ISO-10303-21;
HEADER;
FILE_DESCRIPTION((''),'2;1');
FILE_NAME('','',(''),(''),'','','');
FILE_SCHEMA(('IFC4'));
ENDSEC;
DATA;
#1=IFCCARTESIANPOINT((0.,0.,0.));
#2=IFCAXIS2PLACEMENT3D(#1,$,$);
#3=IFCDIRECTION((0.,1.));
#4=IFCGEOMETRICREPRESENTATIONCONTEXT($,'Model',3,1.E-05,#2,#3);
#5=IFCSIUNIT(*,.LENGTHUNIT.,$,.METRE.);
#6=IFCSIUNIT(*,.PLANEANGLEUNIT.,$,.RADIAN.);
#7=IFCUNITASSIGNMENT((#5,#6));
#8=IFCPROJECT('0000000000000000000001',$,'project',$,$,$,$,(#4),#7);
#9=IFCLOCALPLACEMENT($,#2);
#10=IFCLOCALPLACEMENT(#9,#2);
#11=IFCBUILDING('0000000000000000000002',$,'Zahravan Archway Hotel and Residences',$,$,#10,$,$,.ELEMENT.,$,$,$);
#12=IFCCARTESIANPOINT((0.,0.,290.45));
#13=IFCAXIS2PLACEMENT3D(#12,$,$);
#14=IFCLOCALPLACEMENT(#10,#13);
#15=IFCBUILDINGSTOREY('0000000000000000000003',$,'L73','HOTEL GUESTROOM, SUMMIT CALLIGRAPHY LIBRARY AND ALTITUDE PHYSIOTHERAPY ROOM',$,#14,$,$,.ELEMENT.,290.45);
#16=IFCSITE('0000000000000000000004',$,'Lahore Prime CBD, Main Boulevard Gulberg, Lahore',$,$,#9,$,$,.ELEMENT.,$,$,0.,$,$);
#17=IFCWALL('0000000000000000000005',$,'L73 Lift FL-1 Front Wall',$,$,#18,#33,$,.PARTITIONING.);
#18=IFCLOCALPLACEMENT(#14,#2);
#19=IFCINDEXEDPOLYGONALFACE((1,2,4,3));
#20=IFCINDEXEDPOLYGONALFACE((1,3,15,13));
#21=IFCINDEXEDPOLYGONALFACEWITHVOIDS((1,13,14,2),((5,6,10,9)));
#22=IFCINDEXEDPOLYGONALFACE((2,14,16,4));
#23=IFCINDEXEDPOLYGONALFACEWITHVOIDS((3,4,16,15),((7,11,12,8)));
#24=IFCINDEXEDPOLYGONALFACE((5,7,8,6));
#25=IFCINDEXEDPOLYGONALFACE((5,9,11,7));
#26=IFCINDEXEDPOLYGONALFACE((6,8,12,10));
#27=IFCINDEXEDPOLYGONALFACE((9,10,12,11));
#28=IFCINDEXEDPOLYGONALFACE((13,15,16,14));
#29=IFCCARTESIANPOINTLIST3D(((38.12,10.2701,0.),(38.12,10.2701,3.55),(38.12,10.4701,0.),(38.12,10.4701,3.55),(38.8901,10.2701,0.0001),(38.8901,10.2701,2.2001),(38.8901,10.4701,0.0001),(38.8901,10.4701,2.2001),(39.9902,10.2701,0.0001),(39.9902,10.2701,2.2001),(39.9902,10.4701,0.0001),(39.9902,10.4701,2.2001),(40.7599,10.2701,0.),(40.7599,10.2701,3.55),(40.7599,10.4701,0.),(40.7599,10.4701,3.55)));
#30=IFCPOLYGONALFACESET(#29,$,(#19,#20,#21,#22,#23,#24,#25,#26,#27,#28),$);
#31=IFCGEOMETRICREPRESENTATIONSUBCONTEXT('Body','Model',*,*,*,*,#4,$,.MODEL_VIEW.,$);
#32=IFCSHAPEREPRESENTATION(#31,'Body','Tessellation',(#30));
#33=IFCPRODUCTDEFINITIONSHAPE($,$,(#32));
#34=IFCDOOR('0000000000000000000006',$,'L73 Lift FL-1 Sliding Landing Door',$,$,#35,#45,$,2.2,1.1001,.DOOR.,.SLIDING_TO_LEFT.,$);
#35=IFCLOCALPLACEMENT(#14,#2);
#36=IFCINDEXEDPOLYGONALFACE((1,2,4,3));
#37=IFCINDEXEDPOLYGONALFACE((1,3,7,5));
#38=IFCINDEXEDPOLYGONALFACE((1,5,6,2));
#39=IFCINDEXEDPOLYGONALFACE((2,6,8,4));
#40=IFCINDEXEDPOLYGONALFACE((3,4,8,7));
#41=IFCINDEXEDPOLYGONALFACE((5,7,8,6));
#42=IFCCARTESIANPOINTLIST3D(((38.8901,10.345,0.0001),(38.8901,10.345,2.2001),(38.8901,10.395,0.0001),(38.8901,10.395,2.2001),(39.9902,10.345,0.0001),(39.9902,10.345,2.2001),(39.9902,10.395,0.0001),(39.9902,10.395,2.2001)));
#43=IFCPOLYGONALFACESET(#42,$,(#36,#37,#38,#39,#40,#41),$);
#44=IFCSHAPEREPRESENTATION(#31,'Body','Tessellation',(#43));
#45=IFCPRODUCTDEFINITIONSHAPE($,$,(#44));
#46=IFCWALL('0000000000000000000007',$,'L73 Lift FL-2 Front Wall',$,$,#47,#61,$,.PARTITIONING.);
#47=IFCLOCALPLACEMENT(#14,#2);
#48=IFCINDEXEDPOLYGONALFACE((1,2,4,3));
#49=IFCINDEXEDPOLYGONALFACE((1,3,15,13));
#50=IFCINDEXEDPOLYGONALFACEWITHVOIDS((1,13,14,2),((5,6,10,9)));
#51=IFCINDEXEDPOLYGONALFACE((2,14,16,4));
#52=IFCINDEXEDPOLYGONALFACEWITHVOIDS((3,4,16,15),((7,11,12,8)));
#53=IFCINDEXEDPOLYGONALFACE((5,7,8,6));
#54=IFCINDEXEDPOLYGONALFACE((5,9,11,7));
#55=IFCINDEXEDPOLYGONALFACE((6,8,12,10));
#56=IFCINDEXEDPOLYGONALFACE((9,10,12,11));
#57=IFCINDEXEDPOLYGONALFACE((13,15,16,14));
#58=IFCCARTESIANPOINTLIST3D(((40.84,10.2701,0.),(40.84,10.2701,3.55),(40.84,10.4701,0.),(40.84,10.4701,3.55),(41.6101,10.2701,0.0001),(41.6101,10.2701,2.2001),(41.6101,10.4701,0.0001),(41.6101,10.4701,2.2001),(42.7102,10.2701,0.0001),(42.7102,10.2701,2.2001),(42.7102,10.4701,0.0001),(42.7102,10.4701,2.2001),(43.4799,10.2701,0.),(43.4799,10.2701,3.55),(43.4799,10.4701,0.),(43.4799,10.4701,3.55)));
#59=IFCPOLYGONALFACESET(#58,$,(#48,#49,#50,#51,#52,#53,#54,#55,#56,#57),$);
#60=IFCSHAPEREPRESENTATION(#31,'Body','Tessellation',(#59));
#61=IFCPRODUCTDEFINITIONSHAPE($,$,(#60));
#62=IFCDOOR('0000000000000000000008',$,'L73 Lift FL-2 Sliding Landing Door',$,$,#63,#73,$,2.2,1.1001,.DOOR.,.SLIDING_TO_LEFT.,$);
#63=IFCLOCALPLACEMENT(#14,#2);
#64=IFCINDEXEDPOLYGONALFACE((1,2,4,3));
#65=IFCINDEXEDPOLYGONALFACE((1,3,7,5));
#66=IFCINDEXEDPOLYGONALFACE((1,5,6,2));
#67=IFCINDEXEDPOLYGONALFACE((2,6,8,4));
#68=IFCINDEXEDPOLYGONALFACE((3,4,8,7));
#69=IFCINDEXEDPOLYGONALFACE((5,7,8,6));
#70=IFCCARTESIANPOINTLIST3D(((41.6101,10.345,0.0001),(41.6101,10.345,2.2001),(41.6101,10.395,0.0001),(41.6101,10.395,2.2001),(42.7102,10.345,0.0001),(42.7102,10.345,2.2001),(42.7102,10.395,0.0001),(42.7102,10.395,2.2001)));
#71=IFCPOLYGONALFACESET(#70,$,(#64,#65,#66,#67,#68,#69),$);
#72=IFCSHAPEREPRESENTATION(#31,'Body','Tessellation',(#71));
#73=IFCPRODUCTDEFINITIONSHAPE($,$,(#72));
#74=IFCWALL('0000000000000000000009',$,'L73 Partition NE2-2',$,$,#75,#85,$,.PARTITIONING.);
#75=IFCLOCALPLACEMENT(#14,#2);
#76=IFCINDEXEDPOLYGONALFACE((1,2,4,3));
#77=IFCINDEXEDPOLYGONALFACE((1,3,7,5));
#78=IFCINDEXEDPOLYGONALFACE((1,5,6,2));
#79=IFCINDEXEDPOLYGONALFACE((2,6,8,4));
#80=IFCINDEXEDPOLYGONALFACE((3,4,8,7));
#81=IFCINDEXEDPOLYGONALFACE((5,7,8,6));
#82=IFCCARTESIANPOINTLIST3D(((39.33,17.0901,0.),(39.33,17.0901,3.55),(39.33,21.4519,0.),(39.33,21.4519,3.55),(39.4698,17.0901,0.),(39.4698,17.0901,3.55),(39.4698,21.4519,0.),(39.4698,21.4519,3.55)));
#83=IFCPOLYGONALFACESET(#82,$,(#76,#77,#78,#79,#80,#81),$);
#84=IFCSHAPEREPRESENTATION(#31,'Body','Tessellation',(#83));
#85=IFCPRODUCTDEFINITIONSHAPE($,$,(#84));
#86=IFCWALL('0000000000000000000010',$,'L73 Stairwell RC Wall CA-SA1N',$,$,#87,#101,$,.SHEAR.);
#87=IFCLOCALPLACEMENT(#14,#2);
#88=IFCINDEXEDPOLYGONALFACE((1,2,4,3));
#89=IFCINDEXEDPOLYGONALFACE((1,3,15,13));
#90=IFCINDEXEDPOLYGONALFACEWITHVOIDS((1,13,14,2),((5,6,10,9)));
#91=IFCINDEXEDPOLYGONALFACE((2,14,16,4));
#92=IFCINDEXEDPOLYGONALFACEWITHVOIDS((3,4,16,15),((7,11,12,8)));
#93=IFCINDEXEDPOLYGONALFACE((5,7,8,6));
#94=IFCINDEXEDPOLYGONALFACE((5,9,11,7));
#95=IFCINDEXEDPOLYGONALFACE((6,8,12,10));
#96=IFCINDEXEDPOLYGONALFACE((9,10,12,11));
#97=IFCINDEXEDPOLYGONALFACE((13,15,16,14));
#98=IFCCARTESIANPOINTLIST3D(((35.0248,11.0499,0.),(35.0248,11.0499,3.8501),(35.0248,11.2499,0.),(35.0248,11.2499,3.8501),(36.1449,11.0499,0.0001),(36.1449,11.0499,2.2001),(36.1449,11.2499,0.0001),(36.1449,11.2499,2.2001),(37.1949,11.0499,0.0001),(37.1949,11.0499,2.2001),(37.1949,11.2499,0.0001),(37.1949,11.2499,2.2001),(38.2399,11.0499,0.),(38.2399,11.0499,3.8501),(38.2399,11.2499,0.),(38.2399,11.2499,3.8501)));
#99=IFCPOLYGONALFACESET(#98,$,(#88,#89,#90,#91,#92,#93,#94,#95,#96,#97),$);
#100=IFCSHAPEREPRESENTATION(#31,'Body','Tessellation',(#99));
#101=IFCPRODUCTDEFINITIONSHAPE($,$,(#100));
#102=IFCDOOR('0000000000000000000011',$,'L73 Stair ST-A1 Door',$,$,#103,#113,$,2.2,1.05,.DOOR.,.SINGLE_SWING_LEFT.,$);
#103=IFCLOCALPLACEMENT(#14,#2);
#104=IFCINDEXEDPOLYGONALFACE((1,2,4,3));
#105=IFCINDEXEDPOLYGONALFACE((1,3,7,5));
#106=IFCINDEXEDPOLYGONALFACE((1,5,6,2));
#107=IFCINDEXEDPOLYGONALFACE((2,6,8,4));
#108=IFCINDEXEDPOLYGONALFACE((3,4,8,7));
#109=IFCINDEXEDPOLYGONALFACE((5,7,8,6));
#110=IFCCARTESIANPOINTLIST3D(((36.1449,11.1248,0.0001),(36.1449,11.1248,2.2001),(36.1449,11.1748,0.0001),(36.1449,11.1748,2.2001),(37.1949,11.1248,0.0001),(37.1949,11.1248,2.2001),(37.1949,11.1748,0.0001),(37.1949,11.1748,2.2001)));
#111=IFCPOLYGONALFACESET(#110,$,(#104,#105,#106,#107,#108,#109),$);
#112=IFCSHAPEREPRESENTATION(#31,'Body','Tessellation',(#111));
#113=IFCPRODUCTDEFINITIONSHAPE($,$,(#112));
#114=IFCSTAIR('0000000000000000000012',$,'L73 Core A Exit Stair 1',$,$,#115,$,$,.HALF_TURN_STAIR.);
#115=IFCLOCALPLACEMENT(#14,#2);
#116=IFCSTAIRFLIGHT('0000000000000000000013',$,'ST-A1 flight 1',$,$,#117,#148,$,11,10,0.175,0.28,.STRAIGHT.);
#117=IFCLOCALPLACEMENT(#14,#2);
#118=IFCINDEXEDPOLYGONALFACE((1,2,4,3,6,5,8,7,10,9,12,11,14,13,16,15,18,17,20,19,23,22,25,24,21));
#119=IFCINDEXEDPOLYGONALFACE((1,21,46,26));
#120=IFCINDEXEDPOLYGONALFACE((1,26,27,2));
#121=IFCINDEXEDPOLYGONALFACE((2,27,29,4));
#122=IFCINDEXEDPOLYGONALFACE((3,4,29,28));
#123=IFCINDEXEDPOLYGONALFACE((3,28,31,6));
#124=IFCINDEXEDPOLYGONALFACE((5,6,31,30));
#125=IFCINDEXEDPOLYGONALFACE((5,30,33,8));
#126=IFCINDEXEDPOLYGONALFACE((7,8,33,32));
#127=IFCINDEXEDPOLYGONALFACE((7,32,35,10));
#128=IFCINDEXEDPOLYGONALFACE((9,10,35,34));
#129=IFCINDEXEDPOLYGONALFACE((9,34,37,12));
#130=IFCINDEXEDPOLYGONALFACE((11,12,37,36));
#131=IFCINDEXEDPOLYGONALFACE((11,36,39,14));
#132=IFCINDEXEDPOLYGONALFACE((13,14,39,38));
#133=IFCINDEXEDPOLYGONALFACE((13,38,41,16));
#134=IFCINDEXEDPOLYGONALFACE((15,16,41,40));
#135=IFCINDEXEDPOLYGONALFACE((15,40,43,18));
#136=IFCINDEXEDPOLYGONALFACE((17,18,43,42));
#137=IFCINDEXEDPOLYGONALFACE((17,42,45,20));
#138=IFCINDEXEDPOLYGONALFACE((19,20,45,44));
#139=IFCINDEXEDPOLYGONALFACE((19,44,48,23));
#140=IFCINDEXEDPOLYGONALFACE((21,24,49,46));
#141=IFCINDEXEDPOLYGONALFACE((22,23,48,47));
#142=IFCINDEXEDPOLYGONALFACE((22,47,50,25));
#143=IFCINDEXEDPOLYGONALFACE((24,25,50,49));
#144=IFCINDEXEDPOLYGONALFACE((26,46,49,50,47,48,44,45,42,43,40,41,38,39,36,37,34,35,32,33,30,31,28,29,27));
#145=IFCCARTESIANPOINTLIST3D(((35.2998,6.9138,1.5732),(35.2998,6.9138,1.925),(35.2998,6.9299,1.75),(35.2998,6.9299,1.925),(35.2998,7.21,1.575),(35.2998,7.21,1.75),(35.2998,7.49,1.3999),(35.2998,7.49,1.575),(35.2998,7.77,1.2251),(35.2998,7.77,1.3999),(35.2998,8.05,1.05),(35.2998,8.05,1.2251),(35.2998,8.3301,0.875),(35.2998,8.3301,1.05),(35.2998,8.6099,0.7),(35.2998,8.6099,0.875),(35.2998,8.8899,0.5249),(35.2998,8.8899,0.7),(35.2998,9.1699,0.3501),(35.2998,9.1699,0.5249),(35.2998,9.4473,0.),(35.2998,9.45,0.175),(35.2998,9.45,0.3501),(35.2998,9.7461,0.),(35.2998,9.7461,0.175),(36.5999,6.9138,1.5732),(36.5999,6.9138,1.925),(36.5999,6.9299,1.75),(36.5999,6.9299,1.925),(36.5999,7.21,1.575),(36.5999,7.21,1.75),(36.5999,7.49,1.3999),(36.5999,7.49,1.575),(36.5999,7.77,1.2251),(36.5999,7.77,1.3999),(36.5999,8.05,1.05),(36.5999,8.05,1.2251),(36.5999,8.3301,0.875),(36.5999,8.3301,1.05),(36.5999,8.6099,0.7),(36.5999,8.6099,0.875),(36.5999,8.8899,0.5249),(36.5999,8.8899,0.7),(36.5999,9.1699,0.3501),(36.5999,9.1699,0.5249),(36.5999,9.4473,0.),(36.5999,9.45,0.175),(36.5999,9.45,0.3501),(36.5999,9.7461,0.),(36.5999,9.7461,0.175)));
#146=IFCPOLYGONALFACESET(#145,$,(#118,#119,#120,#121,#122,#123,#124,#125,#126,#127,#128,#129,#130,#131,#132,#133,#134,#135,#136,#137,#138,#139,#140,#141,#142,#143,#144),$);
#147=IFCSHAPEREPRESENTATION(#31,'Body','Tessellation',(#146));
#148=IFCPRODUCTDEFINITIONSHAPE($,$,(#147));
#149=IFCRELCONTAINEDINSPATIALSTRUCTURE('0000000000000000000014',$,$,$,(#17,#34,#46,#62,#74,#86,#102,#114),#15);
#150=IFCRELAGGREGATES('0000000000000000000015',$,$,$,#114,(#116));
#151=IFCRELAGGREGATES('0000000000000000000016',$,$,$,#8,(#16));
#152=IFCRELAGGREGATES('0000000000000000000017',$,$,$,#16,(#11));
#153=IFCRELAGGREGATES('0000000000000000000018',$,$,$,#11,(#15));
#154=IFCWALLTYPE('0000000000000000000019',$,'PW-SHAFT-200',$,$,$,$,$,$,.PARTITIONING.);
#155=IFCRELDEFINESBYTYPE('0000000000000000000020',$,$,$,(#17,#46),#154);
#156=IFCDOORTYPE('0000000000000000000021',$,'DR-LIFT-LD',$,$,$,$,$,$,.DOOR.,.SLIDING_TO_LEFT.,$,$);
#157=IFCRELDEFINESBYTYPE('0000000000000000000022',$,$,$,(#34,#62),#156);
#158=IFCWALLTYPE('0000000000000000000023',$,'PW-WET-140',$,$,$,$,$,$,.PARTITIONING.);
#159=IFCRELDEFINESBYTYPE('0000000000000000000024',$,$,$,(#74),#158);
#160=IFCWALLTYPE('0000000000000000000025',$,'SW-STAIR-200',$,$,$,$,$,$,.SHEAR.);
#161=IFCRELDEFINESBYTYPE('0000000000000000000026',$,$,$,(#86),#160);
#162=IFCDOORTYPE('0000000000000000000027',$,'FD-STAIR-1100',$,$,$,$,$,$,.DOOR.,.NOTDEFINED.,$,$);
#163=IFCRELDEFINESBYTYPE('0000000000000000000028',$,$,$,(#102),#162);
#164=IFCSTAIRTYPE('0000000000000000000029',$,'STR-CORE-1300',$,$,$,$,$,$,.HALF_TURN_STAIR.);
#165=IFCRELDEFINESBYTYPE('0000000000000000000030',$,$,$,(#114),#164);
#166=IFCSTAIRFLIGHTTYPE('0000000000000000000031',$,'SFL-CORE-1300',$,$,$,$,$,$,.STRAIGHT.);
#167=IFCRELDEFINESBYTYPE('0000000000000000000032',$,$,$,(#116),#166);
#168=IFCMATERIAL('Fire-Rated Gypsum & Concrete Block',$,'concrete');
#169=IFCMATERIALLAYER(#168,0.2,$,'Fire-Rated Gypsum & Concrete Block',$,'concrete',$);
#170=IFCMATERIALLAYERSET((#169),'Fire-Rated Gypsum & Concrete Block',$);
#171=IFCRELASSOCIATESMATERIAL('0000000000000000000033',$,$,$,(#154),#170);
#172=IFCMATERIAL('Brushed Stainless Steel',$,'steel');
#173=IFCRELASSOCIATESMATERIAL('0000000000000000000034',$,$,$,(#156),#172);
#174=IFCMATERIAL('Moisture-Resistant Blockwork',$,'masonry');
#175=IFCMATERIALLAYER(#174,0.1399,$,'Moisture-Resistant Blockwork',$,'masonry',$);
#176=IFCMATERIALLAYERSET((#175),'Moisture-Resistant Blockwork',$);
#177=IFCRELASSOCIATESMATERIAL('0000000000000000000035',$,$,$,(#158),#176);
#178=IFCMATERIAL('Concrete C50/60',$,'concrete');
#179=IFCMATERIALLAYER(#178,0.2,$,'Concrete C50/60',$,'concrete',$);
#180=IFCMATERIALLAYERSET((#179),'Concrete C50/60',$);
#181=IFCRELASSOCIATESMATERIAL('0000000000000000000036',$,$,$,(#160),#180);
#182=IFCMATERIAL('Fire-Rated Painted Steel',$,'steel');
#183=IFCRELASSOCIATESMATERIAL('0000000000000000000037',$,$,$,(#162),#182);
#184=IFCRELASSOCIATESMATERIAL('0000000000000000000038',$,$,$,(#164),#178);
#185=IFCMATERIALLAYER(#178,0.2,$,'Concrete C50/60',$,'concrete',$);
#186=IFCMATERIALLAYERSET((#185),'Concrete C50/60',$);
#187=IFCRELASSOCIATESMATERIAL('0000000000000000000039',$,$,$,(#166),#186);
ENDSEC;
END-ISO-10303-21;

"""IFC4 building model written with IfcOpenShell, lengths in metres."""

from ifc_helpers import new_model, si_unit, direction, frame, frame_2d, origin, place, context, subcontext, project, spatial, polyline, rectangle, outline, extrude, source, transform, mapped, material, layer, layer_set, type_object, type_shapes, element, fill, aggregate, save


model = new_model("IFC4")

# Units and contexts
model_context = context("Model", 3, precision=1e-05, world=origin(), true_north=direction((0.0, 1.0)))
body_context = subcontext(model_context, "Body", "Model", "MODEL_VIEW")
ifc_project = project(units=[si_unit("LENGTHUNIT", "METRE"), si_unit("PLANEANGLEUNIT", "RADIAN")], contexts=[model_context])

# Site, building, storey
site_placement = place(None, origin())
site = spatial("IfcSite", under=ifc_project, at=site_placement, Name="Lahore Prime CBD, Main Boulevard Gulberg, Lahore", CompositionType="ELEMENT", RefElevation=0.0)
building_placement = place(site_placement, origin())
building = spatial("IfcBuilding", under=site, at=building_placement, Name="Zahravan Archway Hotel and Residences", CompositionType="ELEMENT")
storey_placement = place(building_placement, frame((0.0, 0.0, 290.45)))
storey = spatial("IfcBuildingStorey", under=building, at=storey_placement, Name="L73", Description="HOTEL GUESTROOM, SUMMIT CALLIGRAPHY LIBRARY AND ALTITUDE PHYSIOTHERAPY ROOM", CompositionType="ELEMENT", Elevation=290.45)

# Shared definitions
ifc_material_1 = material(Name="Concrete C50/60", Category="concrete")

# Shared definitions
ifc_material_2 = material(Name="Fire-Rated Painted Steel", Category="steel")

# Shared definitions
ifc_material_3 = material(Name="Fire-Rated Gypsum & Concrete Block", Category="concrete")

# Shared definitions
ifc_layer_1 = layer(ifc_material_3, 0.2, Name="Fire-Rated Gypsum & Concrete Block", Category="concrete")
ifc_layer_set_1 = layer_set([ifc_layer_1], Name="Fire-Rated Gypsum & Concrete Block")
wall_type_1 = type_object("IfcWallType", Name="PW-SHAFT-200", PredefinedType="PARTITIONING", material=ifc_layer_set_1)

# Walls, openings, doors
wall_1_placement = place(storey_placement, frame((38.1201, 10.3701, 0.0), z_axis=(0.0, 0.0, 1.0), x_axis=(1.0, 0.0, 0.0)))
wall_1 = element("IfcWall", 1, at=wall_1_placement, inside=storey, type_object=wall_type_1, Name="L73 Lift FL-1 Front Wall", PredefinedType="PARTITIONING", context=body_context, shape_type="SweptSolid", body=[
    extrude(rectangle(XDim=2.6399, YDim=0.2, at=frame_2d((1.3198, 0.0))), origin(), (0.0, 0.0, 1.0), 3.55),
])
opening_1_placement = place(wall_1_placement, frame((0.77, 0.0, 0.0)))
opening_1 = element("IfcOpeningElement", 2, at=opening_1_placement, cuts=wall_1, PredefinedType="OPENING", context=body_context, shape_type="SweptSolid", body=[
    extrude(rectangle(XDim=1.1001, YDim=2.2, at=frame_2d((0.55, 1.1001))), frame((0.0, 0.1099, 0.0), z_axis=(0.0, -1.0, 0.0), x_axis=(1.0, 0.0, 0.0)), (0.0, 0.0, 1.0), 0.22),
])
ifc_material_4 = material(Name="Brushed Stainless Steel", Category="steel")
door_type_1 = type_object("IfcDoorType", Name="DR-LIFT-LD", OperationType="SLIDING_TO_LEFT", PredefinedType="DOOR", material=ifc_material_4)
shared_shape_1 = source(origin(), body_context, "Body", "SweptSolid", [
    extrude(rectangle(XDim=1.1001, YDim=2.2, at=frame_2d((0.55, 1.1001))), frame((0.0, 0.0249, 0.0), z_axis=(0.0, -1.0, 0.0), x_axis=(1.0, 0.0, 0.0)), (0.0, 0.0, 1.0), 0.05),
])
type_shapes(door_type_1, [shared_shape_1])
door_1_placement = place(opening_1_placement, origin())
door_1 = element("IfcDoor", 3, at=door_1_placement, inside=storey, type_object=door_type_1, Name="L73 Lift FL-1 Sliding Landing Door", OperationType="SLIDING_TO_LEFT", OverallHeight=2.2, OverallWidth=1.1001, PredefinedType="DOOR", context=body_context, shape_type="MappedRepresentation", body=[
    mapped(shared_shape_1, transform((0.0, 0.0, 0.0), scale=1.0)),
])
fill(opening_1, door_1)
wall_2_placement = place(storey_placement, frame((40.8401, 10.3701, 0.0), z_axis=(0.0, 0.0, 1.0), x_axis=(1.0, 0.0, 0.0)))
wall_2 = element("IfcWall", 4, at=wall_2_placement, inside=storey, type_object=wall_type_1, Name="L73 Lift FL-2 Front Wall", PredefinedType="PARTITIONING", context=body_context, shape_type="SweptSolid", body=[
    extrude(rectangle(XDim=2.6399, YDim=0.2, at=frame_2d((1.3198, 0.0))), origin(), (0.0, 0.0, 1.0), 3.55),
])
opening_2_placement = place(wall_2_placement, frame((0.77, 0.0, 0.0)))
opening_2 = element("IfcOpeningElement", 5, at=opening_2_placement, cuts=wall_2, PredefinedType="OPENING", context=body_context, shape_type="SweptSolid", body=[
    extrude(rectangle(XDim=1.1001, YDim=2.2, at=frame_2d((0.55, 1.1001))), frame((0.0, 0.1099, 0.0), z_axis=(0.0, -1.0, 0.0), x_axis=(1.0, 0.0, 0.0)), (0.0, 0.0, 1.0), 0.22),
])
door_2_placement = place(opening_2_placement, origin())
door_2 = element("IfcDoor", 6, at=door_2_placement, inside=storey, type_object=door_type_1, Name="L73 Lift FL-2 Sliding Landing Door", OperationType="SLIDING_TO_LEFT", OverallHeight=2.2, OverallWidth=1.1001, PredefinedType="DOOR", context=body_context, shape_type="MappedRepresentation", body=[
    mapped(shared_shape_1, transform((0.0, 0.0, 0.0), scale=1.0)),
])
fill(opening_2, door_2)

# Wall
ifc_material_5 = material(Name="Moisture-Resistant Blockwork", Category="masonry")
ifc_layer_2 = layer(ifc_material_5, 0.1399, Name="Moisture-Resistant Blockwork", Category="masonry")
ifc_layer_set_2 = layer_set([ifc_layer_2], Name="Moisture-Resistant Blockwork")
wall_type_2 = type_object("IfcWallType", Name="PW-WET-140", PredefinedType="PARTITIONING", material=ifc_layer_set_2)
wall_3_placement = place(storey_placement, frame((39.3999, 17.0901, 0.0), z_axis=(0.0, 0.0, 1.0), x_axis=(0.0, 1.0, 0.0)))
element("IfcWall", 7, at=wall_3_placement, inside=storey, type_object=wall_type_2, Name="L73 Partition NE2-2", PredefinedType="PARTITIONING", context=body_context, shape_type="SweptSolid", body=[
    extrude(rectangle(XDim=4.3618, YDim=0.1399, at=frame_2d((2.1809, 0.0))), origin(), (0.0, 0.0, 1.0), 3.55),
])

# Wall, opening, door
ifc_layer_3 = layer(ifc_material_1, 0.2, Name="Concrete C50/60", Category="concrete")
ifc_layer_set_3 = layer_set([ifc_layer_3], Name="Concrete C50/60")
wall_type_3 = type_object("IfcWallType", Name="SW-STAIR-200", PredefinedType="SHEAR", material=ifc_layer_set_3)
wall_4_placement = place(storey_placement, frame((35.0249, 11.1499, 0.0), z_axis=(0.0, 0.0, 1.0), x_axis=(1.0, 0.0, 0.0)))
wall_4 = element("IfcWall", 8, at=wall_4_placement, inside=storey, type_object=wall_type_3, Name="L73 Stairwell RC Wall CA-SA1N", PredefinedType="SHEAR", context=body_context, shape_type="SweptSolid", body=[
    extrude(rectangle(XDim=3.2151, YDim=0.2, at=frame_2d((1.6074, 0.0))), origin(), (0.0, 0.0, 1.0), 3.8501),
])
opening_3_placement = place(wall_4_placement, frame((1.1201, 0.0, 0.0)))
opening_3 = element("IfcOpeningElement", 9, at=opening_3_placement, cuts=wall_4, PredefinedType="OPENING", context=body_context, shape_type="SweptSolid", body=[
    extrude(rectangle(XDim=1.05, YDim=2.2, at=frame_2d((0.5249, 1.1001))), frame((0.0, 0.1099, 0.0), z_axis=(0.0, -1.0, 0.0), x_axis=(1.0, 0.0, 0.0)), (0.0, 0.0, 1.0), 0.22),
])
door_type_2 = type_object("IfcDoorType", Name="FD-STAIR-1100", OperationType="NOTDEFINED", PredefinedType="DOOR", material=ifc_material_2)
shared_shape_2 = source(origin(), body_context, "Body", "SweptSolid", [
    extrude(rectangle(XDim=1.05, YDim=2.2, at=frame_2d((0.5249, 1.1001))), frame((0.0, 0.0249, 0.0), z_axis=(0.0, -1.0, 0.0), x_axis=(1.0, 0.0, 0.0)), (0.0, 0.0, 1.0), 0.05),
])
type_shapes(door_type_2, [shared_shape_2])
door_3_placement = place(opening_3_placement, origin())
door_3 = element("IfcDoor", 10, at=door_3_placement, inside=storey, type_object=door_type_2, Name="L73 Stair ST-A1 Door", OperationType="SINGLE_SWING_LEFT", OverallHeight=2.2, OverallWidth=1.05, PredefinedType="DOOR", context=body_context, shape_type="MappedRepresentation", body=[
    mapped(shared_shape_2, transform((0.0, 0.0, 0.0), scale=1.0)),
])
fill(opening_3, door_3)

# Stair, stair flight
stair_type = type_object("IfcStairType", Name="STR-CORE-1300", PredefinedType="HALF_TURN_STAIR", material=ifc_material_1)
stair_placement = place(storey_placement, origin())
stair = element("IfcStair", 11, at=stair_placement, inside=storey, type_object=stair_type, Name="L73 Core A Exit Stair 1", PredefinedType="HALF_TURN_STAIR")
ifc_layer_4 = layer(ifc_material_1, 0.2, Name="Concrete C50/60", Category="concrete")
ifc_layer_set_4 = layer_set([ifc_layer_4], Name="Concrete C50/60")
stair_flight_type = type_object("IfcStairFlightType", Name="SFL-CORE-1300", PredefinedType="STRAIGHT", material=ifc_layer_set_4)
shared_shape_3 = source(origin(), body_context, "Body", "SweptSolid", [
    extrude(outline(polyline([(-0.0161, 0.0), (-0.0161, 0.175), (0.28, 0.175), (0.28, 0.3501), (0.5601, 0.3501), (0.5601, 0.5249), (0.8401, 0.5249), (0.8401, 0.7), (1.1201, 0.7), (1.1201, 0.875), (1.3999, 0.875), (1.3999, 1.05), (1.6799, 1.05), (1.6799, 1.2251), (1.96, 1.2251), (1.96, 1.3999), (2.24, 1.3999), (2.24, 1.575), (2.52, 1.575), (2.52, 1.75), (2.8, 1.75), (2.8, 1.925), (2.8162, 1.925), (2.8162, 1.5732), (0.2827, 0.0), (-0.0161, 0.0)])), frame((0.0, 0.6499, 0.0), z_axis=(0.0, -1.0, 0.0), x_axis=(1.0, 0.0, 0.0)), (0.0, 0.0, 1.0), 1.3),
])
stair_flight_placement = place(storey_placement, frame((35.95, 9.73, 0.0), z_axis=(0.0, 0.0, 1.0), x_axis=(0.0, -1.0, 0.0)))
stair_flight = element("IfcStairFlight", 12, at=stair_flight_placement, type_object=stair_flight_type, Name="ST-A1 flight 1", NumberOfRisers=11, NumberOfTreads=10, PredefinedType="STRAIGHT", RiserHeight=0.175, TreadLength=0.28, context=body_context, shape_type="MappedRepresentation", body=[
    mapped(shared_shape_3, transform((0.0, 0.0, 0.0), scale=1.0)),
])
aggregate(stair, [stair_flight])

save(model, "model.ifc")
